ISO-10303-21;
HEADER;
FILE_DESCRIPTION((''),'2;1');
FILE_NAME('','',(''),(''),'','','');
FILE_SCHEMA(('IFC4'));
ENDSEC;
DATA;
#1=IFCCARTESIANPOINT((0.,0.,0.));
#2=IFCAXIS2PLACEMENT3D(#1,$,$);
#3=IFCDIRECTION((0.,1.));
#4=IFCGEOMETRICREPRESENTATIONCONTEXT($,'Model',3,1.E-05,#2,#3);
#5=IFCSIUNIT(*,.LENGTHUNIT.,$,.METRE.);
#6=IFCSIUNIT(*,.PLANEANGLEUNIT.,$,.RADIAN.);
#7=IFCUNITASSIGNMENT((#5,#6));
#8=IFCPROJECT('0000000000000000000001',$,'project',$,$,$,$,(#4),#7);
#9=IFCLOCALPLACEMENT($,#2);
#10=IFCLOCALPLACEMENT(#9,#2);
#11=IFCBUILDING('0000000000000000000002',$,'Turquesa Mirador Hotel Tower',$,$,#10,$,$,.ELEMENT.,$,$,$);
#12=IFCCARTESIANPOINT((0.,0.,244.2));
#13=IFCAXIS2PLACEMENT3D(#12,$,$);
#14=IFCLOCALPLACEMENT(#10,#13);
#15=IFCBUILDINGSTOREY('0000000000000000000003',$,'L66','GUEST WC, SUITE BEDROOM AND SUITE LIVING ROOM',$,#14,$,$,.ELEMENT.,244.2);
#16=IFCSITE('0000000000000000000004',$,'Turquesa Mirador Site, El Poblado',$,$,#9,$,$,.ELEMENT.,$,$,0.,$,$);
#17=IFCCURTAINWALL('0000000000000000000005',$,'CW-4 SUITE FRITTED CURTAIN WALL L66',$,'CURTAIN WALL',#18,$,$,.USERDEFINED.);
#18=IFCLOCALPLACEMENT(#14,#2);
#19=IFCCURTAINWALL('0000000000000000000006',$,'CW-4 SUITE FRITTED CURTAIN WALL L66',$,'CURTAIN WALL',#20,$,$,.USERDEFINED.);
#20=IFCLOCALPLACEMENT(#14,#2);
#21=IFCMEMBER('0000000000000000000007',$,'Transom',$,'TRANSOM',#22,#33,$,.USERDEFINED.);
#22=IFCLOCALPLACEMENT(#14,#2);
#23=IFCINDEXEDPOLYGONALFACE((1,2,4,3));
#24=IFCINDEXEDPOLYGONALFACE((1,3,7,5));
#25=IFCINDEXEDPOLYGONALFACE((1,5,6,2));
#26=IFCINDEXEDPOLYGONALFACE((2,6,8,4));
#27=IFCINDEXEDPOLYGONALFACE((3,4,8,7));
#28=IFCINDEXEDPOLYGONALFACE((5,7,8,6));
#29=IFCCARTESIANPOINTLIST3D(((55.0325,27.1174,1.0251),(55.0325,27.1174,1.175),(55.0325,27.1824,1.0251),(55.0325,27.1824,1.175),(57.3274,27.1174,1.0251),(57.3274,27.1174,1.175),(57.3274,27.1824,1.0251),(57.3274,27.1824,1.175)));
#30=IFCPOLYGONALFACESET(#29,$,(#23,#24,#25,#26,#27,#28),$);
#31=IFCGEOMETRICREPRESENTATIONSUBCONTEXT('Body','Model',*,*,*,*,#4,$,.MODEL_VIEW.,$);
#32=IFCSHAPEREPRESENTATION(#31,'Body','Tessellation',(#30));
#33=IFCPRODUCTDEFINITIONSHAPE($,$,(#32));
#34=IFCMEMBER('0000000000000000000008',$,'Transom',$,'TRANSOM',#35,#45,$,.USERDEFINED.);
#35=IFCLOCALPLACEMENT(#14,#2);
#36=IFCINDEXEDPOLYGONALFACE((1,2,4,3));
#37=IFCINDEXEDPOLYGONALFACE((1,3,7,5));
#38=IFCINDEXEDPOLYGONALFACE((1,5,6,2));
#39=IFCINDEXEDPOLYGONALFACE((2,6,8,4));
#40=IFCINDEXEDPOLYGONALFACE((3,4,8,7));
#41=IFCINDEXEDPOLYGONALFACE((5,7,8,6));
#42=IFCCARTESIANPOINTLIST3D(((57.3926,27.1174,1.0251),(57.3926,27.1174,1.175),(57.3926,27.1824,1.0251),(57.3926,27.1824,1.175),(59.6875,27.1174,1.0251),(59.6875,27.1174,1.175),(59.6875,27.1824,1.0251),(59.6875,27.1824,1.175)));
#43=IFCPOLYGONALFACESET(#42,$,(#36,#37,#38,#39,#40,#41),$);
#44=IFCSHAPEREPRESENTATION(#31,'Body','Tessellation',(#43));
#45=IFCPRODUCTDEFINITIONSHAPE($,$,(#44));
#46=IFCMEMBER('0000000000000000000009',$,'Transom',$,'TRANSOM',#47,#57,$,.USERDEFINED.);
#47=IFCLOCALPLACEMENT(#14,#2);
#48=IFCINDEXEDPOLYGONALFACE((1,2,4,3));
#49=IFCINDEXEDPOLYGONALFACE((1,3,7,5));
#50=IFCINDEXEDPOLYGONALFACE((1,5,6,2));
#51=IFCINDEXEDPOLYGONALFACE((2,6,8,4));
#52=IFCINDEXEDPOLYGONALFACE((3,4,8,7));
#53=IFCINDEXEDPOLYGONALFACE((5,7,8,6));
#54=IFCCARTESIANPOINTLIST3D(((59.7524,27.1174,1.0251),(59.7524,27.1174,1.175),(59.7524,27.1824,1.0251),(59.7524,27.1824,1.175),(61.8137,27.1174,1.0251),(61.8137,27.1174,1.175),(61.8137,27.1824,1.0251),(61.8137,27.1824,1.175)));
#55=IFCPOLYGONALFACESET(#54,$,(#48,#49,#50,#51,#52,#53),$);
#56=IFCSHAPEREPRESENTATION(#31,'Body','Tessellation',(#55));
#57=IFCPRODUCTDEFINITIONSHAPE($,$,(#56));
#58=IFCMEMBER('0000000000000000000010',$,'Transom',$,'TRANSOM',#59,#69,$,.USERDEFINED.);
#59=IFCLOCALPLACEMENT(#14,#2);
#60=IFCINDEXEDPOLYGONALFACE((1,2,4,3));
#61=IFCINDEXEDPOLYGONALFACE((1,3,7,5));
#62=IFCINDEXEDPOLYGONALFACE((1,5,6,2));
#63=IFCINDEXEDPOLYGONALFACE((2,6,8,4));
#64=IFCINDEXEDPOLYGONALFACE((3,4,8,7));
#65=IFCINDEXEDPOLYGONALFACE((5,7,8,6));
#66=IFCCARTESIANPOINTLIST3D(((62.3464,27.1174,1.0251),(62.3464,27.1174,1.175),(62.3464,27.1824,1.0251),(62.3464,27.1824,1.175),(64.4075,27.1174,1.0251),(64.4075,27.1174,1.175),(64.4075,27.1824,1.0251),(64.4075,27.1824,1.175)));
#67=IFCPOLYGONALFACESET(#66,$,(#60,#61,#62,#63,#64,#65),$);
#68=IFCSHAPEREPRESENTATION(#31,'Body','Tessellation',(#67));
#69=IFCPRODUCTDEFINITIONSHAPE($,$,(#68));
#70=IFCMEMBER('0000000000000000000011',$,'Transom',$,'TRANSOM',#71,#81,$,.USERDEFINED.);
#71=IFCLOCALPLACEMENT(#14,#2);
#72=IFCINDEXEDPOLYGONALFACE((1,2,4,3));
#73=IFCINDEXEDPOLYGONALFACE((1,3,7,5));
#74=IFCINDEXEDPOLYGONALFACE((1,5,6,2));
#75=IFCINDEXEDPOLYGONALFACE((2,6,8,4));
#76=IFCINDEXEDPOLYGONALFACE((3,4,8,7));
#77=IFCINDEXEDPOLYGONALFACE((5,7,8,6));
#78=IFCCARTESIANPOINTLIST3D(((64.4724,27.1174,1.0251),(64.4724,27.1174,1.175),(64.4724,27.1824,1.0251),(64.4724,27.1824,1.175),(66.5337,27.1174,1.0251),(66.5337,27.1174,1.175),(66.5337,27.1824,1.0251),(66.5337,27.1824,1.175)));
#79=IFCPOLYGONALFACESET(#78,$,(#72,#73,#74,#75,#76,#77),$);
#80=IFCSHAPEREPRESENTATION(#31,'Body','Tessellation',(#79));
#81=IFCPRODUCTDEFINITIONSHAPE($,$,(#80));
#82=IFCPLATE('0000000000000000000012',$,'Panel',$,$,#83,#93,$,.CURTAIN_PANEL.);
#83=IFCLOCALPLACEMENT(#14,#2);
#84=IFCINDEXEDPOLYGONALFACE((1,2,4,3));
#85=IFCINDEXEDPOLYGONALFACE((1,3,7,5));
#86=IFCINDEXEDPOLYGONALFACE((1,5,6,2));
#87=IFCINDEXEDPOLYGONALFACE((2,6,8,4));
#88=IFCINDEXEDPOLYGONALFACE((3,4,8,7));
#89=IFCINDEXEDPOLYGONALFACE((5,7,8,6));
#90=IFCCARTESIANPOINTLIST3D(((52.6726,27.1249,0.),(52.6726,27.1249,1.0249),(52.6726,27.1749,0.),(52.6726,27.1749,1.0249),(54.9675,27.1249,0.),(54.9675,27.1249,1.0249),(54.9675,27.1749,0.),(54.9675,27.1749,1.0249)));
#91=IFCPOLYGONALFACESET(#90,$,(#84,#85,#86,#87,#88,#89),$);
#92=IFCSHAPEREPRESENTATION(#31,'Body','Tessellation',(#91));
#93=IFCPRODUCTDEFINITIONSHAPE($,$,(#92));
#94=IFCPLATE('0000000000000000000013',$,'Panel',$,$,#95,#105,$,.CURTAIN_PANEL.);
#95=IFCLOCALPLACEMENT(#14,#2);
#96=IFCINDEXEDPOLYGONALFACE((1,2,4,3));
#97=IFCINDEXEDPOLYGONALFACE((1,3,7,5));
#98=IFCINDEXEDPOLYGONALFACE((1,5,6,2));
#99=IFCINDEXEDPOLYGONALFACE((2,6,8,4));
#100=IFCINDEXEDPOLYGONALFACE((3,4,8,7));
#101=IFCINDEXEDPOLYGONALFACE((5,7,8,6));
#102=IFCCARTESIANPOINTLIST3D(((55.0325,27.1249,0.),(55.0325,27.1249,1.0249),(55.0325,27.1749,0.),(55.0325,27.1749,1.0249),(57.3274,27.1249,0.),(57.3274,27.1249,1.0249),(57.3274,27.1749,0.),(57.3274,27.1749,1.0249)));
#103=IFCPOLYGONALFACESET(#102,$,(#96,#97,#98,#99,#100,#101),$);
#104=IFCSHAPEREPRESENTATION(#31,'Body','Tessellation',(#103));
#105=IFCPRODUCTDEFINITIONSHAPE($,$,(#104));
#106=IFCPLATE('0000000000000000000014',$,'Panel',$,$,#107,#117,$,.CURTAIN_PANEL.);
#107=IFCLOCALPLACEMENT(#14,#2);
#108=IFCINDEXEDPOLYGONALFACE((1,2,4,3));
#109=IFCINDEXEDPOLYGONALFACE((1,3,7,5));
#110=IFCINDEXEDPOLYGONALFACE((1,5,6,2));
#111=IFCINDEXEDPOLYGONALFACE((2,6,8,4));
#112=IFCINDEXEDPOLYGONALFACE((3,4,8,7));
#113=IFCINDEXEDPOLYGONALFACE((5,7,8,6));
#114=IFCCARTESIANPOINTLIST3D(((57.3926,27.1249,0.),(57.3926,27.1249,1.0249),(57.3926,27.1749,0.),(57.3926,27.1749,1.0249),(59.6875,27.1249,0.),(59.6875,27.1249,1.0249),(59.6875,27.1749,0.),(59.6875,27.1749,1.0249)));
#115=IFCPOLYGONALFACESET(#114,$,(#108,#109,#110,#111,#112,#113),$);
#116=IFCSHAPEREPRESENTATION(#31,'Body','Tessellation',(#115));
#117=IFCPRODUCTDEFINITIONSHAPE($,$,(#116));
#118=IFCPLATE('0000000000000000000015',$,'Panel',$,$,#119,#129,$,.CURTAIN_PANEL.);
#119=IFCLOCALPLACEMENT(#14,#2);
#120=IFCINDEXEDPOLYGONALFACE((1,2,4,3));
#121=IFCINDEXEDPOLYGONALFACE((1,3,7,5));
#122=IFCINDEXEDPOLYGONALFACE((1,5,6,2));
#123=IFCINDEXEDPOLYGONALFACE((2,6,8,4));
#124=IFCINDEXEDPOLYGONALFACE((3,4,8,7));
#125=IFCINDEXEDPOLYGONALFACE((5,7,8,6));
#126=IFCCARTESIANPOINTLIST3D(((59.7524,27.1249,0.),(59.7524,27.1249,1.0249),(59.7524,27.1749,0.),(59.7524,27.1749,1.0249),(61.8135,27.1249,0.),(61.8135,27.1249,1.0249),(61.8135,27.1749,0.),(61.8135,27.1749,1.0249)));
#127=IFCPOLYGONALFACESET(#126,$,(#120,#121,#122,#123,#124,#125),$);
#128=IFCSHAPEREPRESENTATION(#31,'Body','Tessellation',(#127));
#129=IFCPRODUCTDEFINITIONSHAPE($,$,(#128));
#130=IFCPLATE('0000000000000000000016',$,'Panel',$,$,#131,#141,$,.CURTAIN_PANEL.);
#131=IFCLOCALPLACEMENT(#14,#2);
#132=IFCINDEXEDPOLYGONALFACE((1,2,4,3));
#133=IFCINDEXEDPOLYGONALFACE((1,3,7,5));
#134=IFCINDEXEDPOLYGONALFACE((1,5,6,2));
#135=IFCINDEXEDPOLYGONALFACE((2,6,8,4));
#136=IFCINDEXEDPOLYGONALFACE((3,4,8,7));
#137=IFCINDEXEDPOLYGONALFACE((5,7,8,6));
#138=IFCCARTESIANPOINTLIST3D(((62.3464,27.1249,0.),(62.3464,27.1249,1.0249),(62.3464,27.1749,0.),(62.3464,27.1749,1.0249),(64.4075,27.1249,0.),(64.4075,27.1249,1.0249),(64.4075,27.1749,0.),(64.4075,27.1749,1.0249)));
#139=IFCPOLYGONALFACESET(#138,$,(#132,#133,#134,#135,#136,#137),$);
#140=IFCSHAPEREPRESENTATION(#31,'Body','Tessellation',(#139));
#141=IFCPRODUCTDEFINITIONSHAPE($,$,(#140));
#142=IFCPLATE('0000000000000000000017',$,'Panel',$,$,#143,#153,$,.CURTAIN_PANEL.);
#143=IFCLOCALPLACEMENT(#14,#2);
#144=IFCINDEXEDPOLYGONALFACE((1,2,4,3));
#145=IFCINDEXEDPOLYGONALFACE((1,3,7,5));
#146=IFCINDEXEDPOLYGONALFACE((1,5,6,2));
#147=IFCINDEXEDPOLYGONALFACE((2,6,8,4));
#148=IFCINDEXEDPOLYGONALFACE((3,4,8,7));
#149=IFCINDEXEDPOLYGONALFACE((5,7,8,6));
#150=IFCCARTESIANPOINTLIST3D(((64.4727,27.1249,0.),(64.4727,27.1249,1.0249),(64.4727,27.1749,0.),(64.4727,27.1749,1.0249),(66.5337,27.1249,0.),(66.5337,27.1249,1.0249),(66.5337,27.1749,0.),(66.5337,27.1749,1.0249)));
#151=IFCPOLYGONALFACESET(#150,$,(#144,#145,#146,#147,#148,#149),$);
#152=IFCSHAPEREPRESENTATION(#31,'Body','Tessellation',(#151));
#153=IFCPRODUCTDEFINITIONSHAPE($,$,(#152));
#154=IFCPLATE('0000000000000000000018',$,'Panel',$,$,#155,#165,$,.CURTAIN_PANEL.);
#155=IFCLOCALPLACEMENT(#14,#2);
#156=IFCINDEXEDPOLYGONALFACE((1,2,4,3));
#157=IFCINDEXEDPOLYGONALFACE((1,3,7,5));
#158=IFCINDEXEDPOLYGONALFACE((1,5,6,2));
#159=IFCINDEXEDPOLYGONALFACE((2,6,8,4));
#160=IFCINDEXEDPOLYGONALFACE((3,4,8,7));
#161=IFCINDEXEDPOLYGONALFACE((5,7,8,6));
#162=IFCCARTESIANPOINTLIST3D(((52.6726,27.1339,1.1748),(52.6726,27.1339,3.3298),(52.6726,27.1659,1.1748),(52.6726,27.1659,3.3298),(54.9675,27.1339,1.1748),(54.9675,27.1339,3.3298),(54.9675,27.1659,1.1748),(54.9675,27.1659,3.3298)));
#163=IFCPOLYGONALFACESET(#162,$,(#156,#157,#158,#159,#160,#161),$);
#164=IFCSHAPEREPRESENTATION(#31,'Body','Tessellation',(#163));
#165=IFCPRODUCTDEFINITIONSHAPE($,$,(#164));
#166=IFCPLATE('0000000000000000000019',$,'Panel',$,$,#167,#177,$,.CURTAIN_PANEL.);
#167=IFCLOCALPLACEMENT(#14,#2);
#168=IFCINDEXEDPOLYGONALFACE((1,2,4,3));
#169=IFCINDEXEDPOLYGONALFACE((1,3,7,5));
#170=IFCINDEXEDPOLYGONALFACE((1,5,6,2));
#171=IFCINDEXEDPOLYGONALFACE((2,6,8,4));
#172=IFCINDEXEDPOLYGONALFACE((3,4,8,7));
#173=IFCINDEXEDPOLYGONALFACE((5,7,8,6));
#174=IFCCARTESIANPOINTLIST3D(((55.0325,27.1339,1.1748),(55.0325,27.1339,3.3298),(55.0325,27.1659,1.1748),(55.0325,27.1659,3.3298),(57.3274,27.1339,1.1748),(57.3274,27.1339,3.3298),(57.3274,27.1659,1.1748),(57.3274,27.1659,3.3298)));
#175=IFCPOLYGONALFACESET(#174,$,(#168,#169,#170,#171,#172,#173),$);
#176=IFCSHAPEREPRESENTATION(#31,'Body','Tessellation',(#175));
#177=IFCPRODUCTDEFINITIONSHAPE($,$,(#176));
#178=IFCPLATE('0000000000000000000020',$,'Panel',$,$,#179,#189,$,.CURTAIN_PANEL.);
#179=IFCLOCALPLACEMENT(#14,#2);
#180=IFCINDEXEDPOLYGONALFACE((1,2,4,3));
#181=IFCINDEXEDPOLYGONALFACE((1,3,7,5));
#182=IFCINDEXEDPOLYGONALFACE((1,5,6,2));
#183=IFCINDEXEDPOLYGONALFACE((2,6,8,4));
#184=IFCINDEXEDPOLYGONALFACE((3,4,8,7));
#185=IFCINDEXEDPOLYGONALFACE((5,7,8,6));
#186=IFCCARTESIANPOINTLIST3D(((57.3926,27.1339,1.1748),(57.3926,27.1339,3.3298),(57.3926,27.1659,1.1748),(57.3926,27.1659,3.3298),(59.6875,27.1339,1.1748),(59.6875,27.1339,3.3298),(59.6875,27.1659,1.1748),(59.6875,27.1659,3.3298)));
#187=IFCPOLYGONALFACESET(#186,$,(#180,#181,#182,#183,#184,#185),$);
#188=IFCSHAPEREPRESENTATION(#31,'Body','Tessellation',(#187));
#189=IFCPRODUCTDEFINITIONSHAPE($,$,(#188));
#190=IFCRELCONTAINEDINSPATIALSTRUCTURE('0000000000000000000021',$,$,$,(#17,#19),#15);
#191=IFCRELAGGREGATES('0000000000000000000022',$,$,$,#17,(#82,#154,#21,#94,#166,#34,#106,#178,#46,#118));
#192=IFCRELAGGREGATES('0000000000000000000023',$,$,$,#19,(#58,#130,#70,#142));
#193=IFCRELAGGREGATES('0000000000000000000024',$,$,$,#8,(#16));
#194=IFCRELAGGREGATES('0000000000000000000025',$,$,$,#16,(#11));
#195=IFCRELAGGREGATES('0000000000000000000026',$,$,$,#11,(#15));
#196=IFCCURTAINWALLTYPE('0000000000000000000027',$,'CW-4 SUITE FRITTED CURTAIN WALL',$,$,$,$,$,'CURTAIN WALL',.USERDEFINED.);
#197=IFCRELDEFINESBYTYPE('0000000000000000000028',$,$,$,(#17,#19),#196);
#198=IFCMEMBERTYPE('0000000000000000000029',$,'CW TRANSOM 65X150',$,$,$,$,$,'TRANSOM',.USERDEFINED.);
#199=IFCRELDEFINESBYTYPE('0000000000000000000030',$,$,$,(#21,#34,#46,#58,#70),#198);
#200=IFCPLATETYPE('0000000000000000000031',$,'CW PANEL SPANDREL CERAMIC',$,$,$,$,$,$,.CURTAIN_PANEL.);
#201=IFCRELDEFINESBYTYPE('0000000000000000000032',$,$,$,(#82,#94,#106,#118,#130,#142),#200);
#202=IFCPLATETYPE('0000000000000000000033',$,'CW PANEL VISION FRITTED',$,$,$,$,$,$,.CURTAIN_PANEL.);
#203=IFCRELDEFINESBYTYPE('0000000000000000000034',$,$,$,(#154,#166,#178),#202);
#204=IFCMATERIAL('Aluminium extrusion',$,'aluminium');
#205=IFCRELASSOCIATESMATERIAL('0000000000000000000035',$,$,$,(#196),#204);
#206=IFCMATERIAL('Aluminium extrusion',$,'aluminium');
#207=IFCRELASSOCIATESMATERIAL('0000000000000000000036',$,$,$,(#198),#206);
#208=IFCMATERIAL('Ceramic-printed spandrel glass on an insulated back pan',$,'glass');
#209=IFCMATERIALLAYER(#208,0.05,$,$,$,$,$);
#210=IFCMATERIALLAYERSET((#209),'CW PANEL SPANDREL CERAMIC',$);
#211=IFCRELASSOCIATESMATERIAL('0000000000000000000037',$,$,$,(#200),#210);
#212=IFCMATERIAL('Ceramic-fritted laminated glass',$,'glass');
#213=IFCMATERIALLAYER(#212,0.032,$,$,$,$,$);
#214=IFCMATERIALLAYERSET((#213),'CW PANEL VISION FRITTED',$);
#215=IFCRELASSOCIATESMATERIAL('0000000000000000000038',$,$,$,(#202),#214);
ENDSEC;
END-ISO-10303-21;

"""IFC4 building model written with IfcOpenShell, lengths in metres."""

from ifc_helpers import new_model, si_unit, direction, frame, origin, origin_2d, place, context, subcontext, project, spatial, rectangle, extrude, material, layer, layer_set, material_profile, profile_set, type_object, element, aggregate, save


model = new_model("IFC4")

# Units and contexts
model_context = context("Model", 3, precision=1e-05, world=origin(), true_north=direction((0.0, 1.0)))
body_context = subcontext(model_context, "Body", "Model", "MODEL_VIEW")
ifc_project = project(units=[si_unit("LENGTHUNIT", "METRE"), si_unit("PLANEANGLEUNIT", "RADIAN")], contexts=[model_context])

# Site, building, storey
site_placement = place(None, origin())
site = spatial("IfcSite", under=ifc_project, at=site_placement, Name="Turquesa Mirador Site, El Poblado", CompositionType="ELEMENT", RefElevation=0.0)
building_placement = place(site_placement, origin())
building = spatial("IfcBuilding", under=site, at=building_placement, Name="Turquesa Mirador Hotel Tower", CompositionType="ELEMENT")
storey_placement = place(building_placement, frame((0.0, 0.0, 244.2)))
storey = spatial("IfcBuildingStorey", under=building, at=storey_placement, Name="L66", Description="GUEST WC, SUITE BEDROOM AND SUITE LIVING ROOM", CompositionType="ELEMENT", Elevation=244.2)

# Curtain walls
ifc_material_1 = material(Name="Aluminium extrusion", Category="aluminium")
curtain_wall_type = type_object("IfcCurtainWallType", Name="CW-4 SUITE FRITTED CURTAIN WALL", ElementType="CURTAIN WALL", PredefinedType="USERDEFINED", material=ifc_material_1)
curtain_wall_1_placement = place(storey_placement, origin())
curtain_wall_1 = element("IfcCurtainWall", 1, at=curtain_wall_1_placement, inside=storey, type_object=curtain_wall_type, Name="CW-4 SUITE FRITTED CURTAIN WALL L66", ObjectType="CURTAIN WALL", PredefinedType="USERDEFINED")
curtain_wall_2_placement = place(storey_placement, origin())
curtain_wall_2 = element("IfcCurtainWall", 2, at=curtain_wall_2_placement, inside=storey, type_object=curtain_wall_type, Name="CW-4 SUITE FRITTED CURTAIN WALL L66", ObjectType="CURTAIN WALL", PredefinedType="USERDEFINED")

# Members
ifc_material_2 = material(Name="Aluminium extrusion", Category="aluminium")
ifc_material_profile_1 = material_profile(ifc_material_2, rectangle(XDim=0.0649, YDim=0.1499, at=origin_2d()), Name="TRANSOM 65X150")
ifc_profile_set_1 = profile_set([ifc_material_profile_1], Name="Aluminium extrusion")
member_type_1 = type_object("IfcMemberType", Name="CW TRANSOM 65X150", ElementType="TRANSOM", PredefinedType="USERDEFINED", material=ifc_profile_set_1)
member_1_placement = place(storey_placement, frame((55.0325, 27.1499, 1.1001), z_axis=(1.0, 0.0, 0.0), x_axis=(0.0, 1.0, 0.0)))
member_1 = element("IfcMember", 3, at=member_1_placement, type_object=member_type_1, Name="Transom", ObjectType="TRANSOM", PredefinedType="USERDEFINED", context=body_context, shape_type="SweptSolid", body=[
    extrude(rectangle(XDim=0.0649, YDim=0.1499, at=origin_2d()), origin(), (0.0, 0.0, 1.0), 2.2949),
])
member_2_placement = place(storey_placement, frame((57.3926, 27.1499, 1.1001), z_axis=(1.0, 0.0, 0.0), x_axis=(0.0, 1.0, 0.0)))
member_2 = element("IfcMember", 4, at=member_2_placement, type_object=member_type_1, Name="Transom", ObjectType="TRANSOM", PredefinedType="USERDEFINED", context=body_context, shape_type="SweptSolid", body=[
    extrude(rectangle(XDim=0.0649, YDim=0.1499, at=origin_2d()), origin(), (0.0, 0.0, 1.0), 2.2949),
])
member_3_placement = place(storey_placement, frame((59.7524, 27.1499, 1.1001), z_axis=(1.0, 0.0, 0.0), x_axis=(0.0, 1.0, 0.0)))
member_3 = element("IfcMember", 5, at=member_3_placement, type_object=member_type_1, Name="Transom", ObjectType="TRANSOM", PredefinedType="USERDEFINED", context=body_context, shape_type="SweptSolid", body=[
    extrude(rectangle(XDim=0.0649, YDim=0.1499, at=origin_2d()), origin(), (0.0, 0.0, 1.0), 2.0613),
])
member_4_placement = place(storey_placement, frame((62.3464, 27.1499, 1.1001), z_axis=(1.0, 0.0, 0.0), x_axis=(0.0, 1.0, 0.0)))
member_4 = element("IfcMember", 6, at=member_4_placement, type_object=member_type_1, Name="Transom", ObjectType="TRANSOM", PredefinedType="USERDEFINED", context=body_context, shape_type="SweptSolid", body=[
    extrude(rectangle(XDim=0.0649, YDim=0.1499, at=origin_2d()), origin(), (0.0, 0.0, 1.0), 2.061),
])
member_5_placement = place(storey_placement, frame((64.4724, 27.1499, 1.1001), z_axis=(1.0, 0.0, 0.0), x_axis=(0.0, 1.0, 0.0)))
member_5 = element("IfcMember", 7, at=member_5_placement, type_object=member_type_1, Name="Transom", ObjectType="TRANSOM", PredefinedType="USERDEFINED", context=body_context, shape_type="SweptSolid", body=[
    extrude(rectangle(XDim=0.0649, YDim=0.1499, at=origin_2d()), origin(), (0.0, 0.0, 1.0), 2.0613),
])

# Plates
ifc_material_3 = material(Name="Ceramic-printed spandrel glass on an insulated back pan", Category="glass")
ifc_layer_1 = layer(ifc_material_3, 0.05)
ifc_layer_set_1 = layer_set([ifc_layer_1], Name="CW PANEL SPANDREL CERAMIC")
plate_type_1 = type_object("IfcPlateType", Name="CW PANEL SPANDREL CERAMIC", PredefinedType="CURTAIN_PANEL", material=ifc_layer_set_1)
plate_1_placement = place(storey_placement, frame((53.8201, 27.1499, 0.0), z_axis=(0.0, 0.0, 1.0), x_axis=(1.0, 0.0, 0.0)))
plate_1 = element("IfcPlate", 8, at=plate_1_placement, type_object=plate_type_1, Name="Panel", PredefinedType="CURTAIN_PANEL", context=body_context, shape_type="SweptSolid", body=[
    extrude(rectangle(XDim=2.2949, YDim=0.05, at=origin_2d()), origin(), (0.0, 0.0, 1.0), 1.0249),
])
plate_2_placement = place(storey_placement, frame((56.1799, 27.1499, 0.0), z_axis=(0.0, 0.0, 1.0), x_axis=(1.0, 0.0, 0.0)))
plate_2 = element("IfcPlate", 9, at=plate_2_placement, type_object=plate_type_1, Name="Panel", PredefinedType="CURTAIN_PANEL", context=body_context, shape_type="SweptSolid", body=[
    extrude(rectangle(XDim=2.2949, YDim=0.05, at=origin_2d()), origin(), (0.0, 0.0, 1.0), 1.0249),
])
plate_3_placement = place(storey_placement, frame((58.54, 27.1499, 0.0), z_axis=(0.0, 0.0, 1.0), x_axis=(1.0, 0.0, 0.0)))
plate_3 = element("IfcPlate", 10, at=plate_3_placement, type_object=plate_type_1, Name="Panel", PredefinedType="CURTAIN_PANEL", context=body_context, shape_type="SweptSolid", body=[
    extrude(rectangle(XDim=2.2949, YDim=0.05, at=origin_2d()), origin(), (0.0, 0.0, 1.0), 1.0249),
])
plate_4_placement = place(storey_placement, frame((60.783, 27.1499, 0.0), z_axis=(0.0, 0.0, 1.0), x_axis=(1.0, 0.0, 0.0)))
plate_4 = element("IfcPlate", 11, at=plate_4_placement, type_object=plate_type_1, Name="Panel", PredefinedType="CURTAIN_PANEL", context=body_context, shape_type="SweptSolid", body=[
    extrude(rectangle(XDim=2.061, YDim=0.05, at=origin_2d()), origin(), (0.0, 0.0, 1.0), 1.0249),
])
plate_5_placement = place(storey_placement, frame((63.377, 27.1499, 0.0), z_axis=(0.0, 0.0, 1.0), x_axis=(1.0, 0.0, 0.0)))
plate_5 = element("IfcPlate", 12, at=plate_5_placement, type_object=plate_type_1, Name="Panel", PredefinedType="CURTAIN_PANEL", context=body_context, shape_type="SweptSolid", body=[
    extrude(rectangle(XDim=2.061, YDim=0.05, at=origin_2d()), origin(), (0.0, 0.0, 1.0), 1.0249),
])
plate_6_placement = place(storey_placement, frame((65.5032, 27.1499, 0.0), z_axis=(0.0, 0.0, 1.0), x_axis=(1.0, 0.0, 0.0)))
plate_6 = element("IfcPlate", 13, at=plate_6_placement, type_object=plate_type_1, Name="Panel", PredefinedType="CURTAIN_PANEL", context=body_context, shape_type="SweptSolid", body=[
    extrude(rectangle(XDim=2.061, YDim=0.05, at=origin_2d()), origin(), (0.0, 0.0, 1.0), 1.0249),
])
ifc_material_4 = material(Name="Ceramic-fritted laminated glass", Category="glass")
ifc_layer_2 = layer(ifc_material_4, 0.032)
ifc_layer_set_2 = layer_set([ifc_layer_2], Name="CW PANEL VISION FRITTED")
plate_type_2 = type_object("IfcPlateType", Name="CW PANEL VISION FRITTED", PredefinedType="CURTAIN_PANEL", material=ifc_layer_set_2)
plate_7_placement = place(storey_placement, frame((53.8201, 27.1499, 1.1748), z_axis=(0.0, 0.0, 1.0), x_axis=(1.0, 0.0, 0.0)))
plate_7 = element("IfcPlate", 14, at=plate_7_placement, type_object=plate_type_2, Name="Panel", PredefinedType="CURTAIN_PANEL", context=body_context, shape_type="SweptSolid", body=[
    extrude(rectangle(XDim=2.2949, YDim=0.032, at=origin_2d()), origin(), (0.0, 0.0, 1.0), 2.155),
])
plate_8_placement = place(storey_placement, frame((56.1799, 27.1499, 1.1748), z_axis=(0.0, 0.0, 1.0), x_axis=(1.0, 0.0, 0.0)))
plate_8 = element("IfcPlate", 15, at=plate_8_placement, type_object=plate_type_2, Name="Panel", PredefinedType="CURTAIN_PANEL", context=body_context, shape_type="SweptSolid", body=[
    extrude(rectangle(XDim=2.2949, YDim=0.032, at=origin_2d()), origin(), (0.0, 0.0, 1.0), 2.155),
])
plate_9_placement = place(storey_placement, frame((58.54, 27.1499, 1.1748), z_axis=(0.0, 0.0, 1.0), x_axis=(1.0, 0.0, 0.0)))
plate_9 = element("IfcPlate", 16, at=plate_9_placement, type_object=plate_type_2, Name="Panel", PredefinedType="CURTAIN_PANEL", context=body_context, shape_type="SweptSolid", body=[
    extrude(rectangle(XDim=2.2949, YDim=0.032, at=origin_2d()), origin(), (0.0, 0.0, 1.0), 2.155),
])
aggregate(curtain_wall_1, [plate_1, plate_7, member_1, plate_2, plate_8, member_2, plate_3, plate_9, member_3, plate_4])
aggregate(curtain_wall_2, [member_4, plate_5, member_5, plate_6])

save(model, "model.ifc")
